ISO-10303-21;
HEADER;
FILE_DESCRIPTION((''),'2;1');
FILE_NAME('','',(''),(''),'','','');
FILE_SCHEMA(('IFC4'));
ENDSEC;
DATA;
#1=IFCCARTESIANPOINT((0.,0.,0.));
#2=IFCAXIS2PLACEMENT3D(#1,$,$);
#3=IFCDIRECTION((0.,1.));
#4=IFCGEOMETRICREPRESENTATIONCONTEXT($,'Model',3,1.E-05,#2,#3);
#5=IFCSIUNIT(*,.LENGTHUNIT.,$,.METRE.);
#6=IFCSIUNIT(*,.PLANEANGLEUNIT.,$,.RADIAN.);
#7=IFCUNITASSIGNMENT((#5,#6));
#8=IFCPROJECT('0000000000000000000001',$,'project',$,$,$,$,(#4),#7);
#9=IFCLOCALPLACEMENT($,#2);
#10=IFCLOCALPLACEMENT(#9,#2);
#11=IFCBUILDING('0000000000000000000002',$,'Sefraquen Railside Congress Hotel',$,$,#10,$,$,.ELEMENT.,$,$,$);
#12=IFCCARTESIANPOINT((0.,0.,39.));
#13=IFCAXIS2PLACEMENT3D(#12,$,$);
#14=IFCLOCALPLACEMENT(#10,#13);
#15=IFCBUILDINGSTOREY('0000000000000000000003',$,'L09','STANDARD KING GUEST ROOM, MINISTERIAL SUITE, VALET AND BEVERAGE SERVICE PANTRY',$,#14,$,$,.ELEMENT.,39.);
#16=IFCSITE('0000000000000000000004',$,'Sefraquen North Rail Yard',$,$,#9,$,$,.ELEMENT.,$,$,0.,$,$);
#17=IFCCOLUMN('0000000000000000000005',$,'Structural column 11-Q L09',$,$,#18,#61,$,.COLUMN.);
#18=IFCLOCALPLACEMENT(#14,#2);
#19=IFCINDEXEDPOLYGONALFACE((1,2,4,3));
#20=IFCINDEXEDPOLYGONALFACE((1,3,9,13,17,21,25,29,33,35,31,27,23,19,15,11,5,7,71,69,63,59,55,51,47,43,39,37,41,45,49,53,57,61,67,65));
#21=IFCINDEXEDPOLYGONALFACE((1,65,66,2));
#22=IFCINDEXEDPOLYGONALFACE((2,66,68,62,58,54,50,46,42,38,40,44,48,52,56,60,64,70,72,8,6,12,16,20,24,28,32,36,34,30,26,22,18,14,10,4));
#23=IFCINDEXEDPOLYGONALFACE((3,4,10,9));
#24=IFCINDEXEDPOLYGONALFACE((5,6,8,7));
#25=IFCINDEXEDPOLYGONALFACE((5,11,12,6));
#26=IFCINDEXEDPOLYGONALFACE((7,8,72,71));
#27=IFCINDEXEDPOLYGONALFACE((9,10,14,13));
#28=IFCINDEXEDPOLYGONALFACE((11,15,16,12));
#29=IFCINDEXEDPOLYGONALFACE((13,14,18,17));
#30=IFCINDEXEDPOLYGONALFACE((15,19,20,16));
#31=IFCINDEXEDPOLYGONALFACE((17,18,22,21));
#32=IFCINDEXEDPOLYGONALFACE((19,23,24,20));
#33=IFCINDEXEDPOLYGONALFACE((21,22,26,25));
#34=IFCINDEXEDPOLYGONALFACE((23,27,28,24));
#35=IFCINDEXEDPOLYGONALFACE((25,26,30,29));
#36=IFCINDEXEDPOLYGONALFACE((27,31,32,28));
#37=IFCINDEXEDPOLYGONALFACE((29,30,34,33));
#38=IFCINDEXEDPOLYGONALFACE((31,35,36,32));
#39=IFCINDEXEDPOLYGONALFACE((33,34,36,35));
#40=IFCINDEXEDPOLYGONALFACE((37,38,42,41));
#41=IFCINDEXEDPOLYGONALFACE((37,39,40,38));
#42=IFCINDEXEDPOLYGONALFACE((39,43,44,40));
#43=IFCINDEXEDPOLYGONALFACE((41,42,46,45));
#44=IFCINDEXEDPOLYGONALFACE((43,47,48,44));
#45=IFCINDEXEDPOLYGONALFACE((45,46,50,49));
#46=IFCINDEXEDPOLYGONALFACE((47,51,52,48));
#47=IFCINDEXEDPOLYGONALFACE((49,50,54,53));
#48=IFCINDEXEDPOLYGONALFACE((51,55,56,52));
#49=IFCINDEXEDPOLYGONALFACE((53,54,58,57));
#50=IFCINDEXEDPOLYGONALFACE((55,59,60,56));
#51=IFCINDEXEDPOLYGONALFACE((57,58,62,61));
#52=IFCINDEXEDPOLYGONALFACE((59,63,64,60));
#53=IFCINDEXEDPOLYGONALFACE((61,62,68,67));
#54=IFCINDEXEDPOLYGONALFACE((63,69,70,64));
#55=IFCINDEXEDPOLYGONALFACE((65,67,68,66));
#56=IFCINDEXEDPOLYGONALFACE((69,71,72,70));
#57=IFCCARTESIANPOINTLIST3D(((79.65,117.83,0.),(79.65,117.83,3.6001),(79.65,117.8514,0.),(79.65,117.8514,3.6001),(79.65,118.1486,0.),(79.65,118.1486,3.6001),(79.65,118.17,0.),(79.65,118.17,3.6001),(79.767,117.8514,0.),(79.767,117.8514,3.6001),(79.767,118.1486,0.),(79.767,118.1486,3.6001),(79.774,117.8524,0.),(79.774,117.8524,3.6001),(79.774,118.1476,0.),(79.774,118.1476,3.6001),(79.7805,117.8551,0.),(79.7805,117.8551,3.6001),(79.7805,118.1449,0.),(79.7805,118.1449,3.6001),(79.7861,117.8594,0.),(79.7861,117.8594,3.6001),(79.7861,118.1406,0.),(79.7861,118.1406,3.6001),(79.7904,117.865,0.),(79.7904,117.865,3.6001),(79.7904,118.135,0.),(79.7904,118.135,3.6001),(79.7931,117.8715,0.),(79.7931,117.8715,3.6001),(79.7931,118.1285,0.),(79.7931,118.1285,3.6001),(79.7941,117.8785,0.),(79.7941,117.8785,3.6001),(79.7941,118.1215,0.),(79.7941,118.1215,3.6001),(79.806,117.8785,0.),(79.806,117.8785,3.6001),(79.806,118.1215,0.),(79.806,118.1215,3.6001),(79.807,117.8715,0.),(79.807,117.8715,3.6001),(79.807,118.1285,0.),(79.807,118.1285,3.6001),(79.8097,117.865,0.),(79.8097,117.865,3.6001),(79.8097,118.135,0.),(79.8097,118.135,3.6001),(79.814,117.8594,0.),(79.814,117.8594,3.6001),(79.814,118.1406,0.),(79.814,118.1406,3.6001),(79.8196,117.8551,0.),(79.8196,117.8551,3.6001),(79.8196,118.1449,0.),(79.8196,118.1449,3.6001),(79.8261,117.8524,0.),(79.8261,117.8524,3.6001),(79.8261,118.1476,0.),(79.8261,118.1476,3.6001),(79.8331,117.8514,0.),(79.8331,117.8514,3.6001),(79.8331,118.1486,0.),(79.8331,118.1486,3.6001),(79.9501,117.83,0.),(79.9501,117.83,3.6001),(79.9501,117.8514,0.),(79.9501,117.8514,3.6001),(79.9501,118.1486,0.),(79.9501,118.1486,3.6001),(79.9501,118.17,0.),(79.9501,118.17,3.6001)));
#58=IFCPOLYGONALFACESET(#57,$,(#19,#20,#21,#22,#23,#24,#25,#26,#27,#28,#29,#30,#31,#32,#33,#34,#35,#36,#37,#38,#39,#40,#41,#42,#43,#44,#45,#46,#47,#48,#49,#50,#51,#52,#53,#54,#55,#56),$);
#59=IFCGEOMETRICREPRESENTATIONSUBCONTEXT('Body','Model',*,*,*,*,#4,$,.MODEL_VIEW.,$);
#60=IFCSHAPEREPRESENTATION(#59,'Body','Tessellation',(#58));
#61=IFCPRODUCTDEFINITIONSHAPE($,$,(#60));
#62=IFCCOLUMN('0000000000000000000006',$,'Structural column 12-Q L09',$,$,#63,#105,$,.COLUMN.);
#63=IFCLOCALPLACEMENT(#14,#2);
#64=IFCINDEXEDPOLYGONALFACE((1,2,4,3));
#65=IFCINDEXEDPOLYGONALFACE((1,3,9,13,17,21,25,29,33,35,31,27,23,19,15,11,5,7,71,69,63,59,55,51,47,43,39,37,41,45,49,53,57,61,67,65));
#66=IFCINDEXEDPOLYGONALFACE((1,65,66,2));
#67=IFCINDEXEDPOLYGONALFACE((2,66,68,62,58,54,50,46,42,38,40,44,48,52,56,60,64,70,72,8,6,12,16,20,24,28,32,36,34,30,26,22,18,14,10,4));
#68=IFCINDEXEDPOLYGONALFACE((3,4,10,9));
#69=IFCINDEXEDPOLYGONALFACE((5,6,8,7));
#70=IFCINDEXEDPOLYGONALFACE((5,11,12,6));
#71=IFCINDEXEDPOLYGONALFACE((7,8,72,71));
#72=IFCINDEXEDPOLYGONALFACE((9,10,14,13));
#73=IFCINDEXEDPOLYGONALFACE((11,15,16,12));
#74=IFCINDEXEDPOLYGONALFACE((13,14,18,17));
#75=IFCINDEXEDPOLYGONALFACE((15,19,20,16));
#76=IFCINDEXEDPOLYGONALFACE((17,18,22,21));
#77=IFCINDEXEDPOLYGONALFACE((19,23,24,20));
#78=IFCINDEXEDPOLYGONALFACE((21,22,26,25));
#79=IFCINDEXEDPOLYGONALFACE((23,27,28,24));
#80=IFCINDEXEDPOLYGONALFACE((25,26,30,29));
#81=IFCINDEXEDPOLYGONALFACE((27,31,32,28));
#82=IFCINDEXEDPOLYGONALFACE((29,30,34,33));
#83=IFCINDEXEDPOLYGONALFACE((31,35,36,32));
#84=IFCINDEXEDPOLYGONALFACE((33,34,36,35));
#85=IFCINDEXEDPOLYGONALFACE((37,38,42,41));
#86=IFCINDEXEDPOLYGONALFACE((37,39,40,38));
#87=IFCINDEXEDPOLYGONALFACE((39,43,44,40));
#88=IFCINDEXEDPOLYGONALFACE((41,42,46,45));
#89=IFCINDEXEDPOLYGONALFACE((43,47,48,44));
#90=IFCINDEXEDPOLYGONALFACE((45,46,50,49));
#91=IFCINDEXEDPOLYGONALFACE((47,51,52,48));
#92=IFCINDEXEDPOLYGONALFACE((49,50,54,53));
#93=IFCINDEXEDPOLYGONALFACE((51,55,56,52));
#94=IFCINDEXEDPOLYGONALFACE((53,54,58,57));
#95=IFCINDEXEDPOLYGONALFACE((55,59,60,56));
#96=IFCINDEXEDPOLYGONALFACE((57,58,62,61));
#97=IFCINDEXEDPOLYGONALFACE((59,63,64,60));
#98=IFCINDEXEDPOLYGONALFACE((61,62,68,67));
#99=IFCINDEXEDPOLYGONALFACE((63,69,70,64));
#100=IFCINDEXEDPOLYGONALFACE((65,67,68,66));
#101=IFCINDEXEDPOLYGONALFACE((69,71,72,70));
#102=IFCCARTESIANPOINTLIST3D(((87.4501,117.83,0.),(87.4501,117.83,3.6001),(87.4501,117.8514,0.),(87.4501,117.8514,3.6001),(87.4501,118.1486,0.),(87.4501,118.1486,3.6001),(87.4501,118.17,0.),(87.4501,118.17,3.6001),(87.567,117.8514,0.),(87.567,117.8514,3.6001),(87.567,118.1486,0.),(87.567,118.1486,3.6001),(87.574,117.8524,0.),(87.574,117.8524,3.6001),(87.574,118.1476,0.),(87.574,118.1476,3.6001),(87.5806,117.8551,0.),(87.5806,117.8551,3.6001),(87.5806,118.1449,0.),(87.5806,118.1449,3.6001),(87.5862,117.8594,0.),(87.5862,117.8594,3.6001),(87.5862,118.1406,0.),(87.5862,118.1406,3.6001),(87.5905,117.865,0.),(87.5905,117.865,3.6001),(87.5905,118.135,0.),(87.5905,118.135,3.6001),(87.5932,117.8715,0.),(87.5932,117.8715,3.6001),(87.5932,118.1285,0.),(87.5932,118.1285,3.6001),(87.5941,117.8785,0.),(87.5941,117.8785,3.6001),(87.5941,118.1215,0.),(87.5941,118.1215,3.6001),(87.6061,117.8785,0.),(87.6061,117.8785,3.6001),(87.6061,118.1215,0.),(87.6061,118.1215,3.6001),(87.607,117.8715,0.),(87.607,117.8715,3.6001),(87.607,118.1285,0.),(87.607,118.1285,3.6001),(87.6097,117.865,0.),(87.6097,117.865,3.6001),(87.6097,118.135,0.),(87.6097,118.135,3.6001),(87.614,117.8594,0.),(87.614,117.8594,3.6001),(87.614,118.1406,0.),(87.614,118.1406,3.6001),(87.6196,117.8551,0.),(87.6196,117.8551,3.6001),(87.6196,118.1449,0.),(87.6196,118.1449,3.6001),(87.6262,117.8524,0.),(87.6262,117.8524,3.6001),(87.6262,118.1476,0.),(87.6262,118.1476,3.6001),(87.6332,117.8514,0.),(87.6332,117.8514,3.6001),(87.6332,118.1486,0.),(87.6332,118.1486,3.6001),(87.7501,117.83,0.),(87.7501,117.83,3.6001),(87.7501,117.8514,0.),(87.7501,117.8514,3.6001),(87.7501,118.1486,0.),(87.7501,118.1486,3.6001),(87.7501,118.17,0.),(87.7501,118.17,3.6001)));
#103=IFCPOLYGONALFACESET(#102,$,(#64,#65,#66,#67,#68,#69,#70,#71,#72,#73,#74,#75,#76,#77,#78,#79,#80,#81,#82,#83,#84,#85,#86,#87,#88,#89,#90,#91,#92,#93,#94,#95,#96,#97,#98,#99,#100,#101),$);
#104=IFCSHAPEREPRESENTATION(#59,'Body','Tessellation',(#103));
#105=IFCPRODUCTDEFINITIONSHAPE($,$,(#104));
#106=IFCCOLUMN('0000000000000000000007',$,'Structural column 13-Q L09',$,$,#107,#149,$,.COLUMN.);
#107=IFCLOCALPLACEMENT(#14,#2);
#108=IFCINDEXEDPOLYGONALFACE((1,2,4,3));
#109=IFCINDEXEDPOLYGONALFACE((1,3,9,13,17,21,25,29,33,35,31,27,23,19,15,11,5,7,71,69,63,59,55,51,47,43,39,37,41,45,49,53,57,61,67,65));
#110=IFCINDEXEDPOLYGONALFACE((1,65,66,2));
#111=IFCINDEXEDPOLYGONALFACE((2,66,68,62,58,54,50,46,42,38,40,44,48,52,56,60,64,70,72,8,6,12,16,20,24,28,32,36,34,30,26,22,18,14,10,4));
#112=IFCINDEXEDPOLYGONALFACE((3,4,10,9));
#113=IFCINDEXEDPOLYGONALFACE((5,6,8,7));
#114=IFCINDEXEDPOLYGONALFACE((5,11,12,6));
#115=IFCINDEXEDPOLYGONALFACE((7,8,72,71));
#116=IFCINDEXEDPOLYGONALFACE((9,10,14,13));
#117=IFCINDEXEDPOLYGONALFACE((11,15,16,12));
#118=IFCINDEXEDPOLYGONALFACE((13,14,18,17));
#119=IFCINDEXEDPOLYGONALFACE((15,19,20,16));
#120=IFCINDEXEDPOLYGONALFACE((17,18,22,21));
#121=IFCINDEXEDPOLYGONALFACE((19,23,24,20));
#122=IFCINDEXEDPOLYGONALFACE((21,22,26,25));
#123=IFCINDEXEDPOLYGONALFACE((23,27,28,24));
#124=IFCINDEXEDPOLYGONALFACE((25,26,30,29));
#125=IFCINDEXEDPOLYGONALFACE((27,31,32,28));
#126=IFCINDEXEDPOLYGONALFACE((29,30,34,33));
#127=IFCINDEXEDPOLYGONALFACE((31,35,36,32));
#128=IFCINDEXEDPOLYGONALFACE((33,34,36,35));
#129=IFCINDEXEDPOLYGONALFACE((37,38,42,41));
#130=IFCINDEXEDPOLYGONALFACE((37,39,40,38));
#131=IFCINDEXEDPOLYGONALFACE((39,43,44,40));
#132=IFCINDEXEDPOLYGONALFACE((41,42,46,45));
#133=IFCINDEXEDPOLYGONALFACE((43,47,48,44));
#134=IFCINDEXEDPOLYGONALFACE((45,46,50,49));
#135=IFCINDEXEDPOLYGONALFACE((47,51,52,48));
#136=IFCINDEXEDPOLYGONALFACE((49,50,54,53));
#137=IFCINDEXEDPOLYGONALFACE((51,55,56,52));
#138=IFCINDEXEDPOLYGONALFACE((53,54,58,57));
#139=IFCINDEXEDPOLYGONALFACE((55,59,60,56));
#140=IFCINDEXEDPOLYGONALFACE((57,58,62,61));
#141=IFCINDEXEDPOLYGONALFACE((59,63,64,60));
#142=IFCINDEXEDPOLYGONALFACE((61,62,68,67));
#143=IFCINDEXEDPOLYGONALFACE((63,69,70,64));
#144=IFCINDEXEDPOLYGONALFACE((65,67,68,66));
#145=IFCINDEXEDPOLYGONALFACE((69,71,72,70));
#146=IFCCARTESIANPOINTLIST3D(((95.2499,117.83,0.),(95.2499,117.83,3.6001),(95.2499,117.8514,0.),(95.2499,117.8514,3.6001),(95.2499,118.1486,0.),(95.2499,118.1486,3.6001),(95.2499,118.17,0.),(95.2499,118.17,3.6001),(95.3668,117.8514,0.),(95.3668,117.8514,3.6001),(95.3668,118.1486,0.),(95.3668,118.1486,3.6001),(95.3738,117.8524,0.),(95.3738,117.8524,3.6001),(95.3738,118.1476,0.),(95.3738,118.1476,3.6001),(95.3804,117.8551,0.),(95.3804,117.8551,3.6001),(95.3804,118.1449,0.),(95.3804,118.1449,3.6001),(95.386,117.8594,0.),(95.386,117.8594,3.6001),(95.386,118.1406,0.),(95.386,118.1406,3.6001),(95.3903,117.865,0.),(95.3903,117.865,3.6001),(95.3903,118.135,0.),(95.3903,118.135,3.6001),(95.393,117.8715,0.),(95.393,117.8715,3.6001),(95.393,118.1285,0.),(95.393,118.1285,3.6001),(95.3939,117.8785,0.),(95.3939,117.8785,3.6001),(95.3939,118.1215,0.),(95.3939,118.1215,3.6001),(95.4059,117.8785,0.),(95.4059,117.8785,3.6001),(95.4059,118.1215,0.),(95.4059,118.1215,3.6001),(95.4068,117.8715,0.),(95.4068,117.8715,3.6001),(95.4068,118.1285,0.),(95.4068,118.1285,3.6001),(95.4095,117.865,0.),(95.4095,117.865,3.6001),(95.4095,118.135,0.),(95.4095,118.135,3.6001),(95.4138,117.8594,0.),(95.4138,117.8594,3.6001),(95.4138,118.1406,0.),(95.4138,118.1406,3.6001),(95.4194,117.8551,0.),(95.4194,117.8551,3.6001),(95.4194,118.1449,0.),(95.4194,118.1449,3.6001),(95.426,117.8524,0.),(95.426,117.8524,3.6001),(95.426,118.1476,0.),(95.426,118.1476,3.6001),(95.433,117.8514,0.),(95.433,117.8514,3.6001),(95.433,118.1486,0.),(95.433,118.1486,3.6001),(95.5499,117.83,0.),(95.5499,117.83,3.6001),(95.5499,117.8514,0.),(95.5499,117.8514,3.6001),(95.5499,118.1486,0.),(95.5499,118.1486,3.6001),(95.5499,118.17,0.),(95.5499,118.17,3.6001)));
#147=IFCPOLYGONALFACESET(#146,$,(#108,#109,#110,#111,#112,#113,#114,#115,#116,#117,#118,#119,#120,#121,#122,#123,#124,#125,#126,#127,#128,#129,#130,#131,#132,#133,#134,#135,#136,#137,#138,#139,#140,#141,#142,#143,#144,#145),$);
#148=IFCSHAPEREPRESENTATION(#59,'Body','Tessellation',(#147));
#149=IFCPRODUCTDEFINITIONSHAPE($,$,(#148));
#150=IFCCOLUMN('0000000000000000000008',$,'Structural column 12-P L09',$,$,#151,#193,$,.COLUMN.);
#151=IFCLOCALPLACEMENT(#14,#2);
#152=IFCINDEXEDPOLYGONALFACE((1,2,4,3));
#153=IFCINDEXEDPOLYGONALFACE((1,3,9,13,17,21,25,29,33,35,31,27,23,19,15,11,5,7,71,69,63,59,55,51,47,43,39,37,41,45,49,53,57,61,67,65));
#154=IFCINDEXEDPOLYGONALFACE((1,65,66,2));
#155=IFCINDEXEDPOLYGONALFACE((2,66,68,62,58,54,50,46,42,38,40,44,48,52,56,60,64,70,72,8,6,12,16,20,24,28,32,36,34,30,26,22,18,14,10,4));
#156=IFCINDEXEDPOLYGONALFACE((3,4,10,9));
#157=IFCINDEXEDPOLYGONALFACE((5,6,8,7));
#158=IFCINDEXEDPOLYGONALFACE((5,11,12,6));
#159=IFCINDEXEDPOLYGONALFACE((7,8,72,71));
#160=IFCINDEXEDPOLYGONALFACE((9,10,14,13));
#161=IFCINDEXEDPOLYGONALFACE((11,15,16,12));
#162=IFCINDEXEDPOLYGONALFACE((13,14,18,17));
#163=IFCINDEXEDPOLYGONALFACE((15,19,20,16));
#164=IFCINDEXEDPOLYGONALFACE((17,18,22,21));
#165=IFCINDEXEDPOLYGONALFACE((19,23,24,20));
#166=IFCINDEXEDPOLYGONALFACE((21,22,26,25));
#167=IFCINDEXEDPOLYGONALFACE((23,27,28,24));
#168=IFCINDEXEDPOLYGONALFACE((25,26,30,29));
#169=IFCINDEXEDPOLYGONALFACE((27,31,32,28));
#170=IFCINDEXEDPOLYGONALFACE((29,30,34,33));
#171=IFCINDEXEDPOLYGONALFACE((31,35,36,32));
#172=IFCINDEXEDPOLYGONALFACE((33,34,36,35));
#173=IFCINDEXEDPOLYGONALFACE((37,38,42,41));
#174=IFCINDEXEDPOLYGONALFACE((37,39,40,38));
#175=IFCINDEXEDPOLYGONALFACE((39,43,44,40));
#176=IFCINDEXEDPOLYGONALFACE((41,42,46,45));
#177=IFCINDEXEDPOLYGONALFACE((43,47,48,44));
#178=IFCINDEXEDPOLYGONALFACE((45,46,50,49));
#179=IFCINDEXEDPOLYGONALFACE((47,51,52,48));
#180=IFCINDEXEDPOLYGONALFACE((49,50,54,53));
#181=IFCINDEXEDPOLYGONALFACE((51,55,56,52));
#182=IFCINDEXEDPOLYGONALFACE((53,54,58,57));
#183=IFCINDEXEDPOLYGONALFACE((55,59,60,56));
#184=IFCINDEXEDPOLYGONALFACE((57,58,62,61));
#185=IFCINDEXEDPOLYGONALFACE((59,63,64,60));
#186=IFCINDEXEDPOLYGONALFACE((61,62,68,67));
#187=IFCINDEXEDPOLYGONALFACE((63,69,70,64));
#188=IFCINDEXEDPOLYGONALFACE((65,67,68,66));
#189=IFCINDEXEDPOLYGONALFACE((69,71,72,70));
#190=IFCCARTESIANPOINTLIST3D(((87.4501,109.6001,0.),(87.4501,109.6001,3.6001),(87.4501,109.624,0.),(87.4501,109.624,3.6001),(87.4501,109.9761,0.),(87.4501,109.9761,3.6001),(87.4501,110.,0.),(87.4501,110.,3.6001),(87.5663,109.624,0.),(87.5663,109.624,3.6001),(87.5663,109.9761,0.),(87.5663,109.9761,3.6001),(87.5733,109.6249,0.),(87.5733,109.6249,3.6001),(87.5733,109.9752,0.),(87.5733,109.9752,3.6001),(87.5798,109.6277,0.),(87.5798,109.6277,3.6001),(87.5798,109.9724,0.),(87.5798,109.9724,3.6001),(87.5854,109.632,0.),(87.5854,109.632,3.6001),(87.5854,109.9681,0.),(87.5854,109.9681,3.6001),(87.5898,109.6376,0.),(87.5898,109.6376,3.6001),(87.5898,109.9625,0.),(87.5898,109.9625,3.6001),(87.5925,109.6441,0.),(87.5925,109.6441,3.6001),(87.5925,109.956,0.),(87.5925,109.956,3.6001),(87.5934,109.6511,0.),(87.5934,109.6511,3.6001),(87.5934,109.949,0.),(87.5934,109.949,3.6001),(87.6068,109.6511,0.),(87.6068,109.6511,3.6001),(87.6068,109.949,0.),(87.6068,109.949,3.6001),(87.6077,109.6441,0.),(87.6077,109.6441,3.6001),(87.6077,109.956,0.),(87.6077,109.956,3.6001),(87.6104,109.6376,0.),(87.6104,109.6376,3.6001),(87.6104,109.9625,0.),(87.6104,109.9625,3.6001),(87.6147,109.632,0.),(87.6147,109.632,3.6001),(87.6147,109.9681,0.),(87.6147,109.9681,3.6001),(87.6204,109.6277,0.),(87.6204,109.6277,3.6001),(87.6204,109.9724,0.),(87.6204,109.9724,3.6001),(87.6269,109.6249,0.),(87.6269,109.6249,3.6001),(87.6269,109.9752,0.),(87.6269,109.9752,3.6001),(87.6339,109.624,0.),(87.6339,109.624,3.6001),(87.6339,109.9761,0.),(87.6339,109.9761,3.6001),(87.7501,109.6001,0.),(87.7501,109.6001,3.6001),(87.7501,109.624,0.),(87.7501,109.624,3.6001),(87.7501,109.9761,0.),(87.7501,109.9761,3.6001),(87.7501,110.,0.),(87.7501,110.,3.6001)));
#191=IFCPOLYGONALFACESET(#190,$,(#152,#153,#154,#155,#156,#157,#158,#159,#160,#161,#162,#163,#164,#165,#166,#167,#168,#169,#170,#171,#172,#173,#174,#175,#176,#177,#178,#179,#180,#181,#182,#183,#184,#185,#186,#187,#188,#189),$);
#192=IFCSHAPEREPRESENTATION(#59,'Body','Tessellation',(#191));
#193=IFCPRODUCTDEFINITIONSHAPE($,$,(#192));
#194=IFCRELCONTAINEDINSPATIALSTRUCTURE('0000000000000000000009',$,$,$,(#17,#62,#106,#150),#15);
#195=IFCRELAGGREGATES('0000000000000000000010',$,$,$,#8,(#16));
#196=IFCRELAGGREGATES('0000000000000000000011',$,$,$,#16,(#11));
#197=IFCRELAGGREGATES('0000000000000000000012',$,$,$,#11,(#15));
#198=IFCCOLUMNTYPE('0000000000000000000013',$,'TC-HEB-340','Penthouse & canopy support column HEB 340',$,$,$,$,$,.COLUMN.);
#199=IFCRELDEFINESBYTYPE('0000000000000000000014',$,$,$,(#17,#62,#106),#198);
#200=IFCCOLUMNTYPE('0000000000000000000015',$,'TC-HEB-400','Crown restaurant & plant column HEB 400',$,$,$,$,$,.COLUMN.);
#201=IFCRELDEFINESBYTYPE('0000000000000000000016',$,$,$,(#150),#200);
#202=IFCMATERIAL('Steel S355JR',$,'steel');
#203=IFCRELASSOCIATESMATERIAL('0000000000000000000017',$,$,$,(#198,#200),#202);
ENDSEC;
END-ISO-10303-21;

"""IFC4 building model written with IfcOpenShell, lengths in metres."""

from ifc_helpers import new_model, si_unit, direction, frame, origin, origin_2d, place, context, subcontext, project, spatial, i_section, extrude, material, material_profile, profile_set, type_object, element, save


model = new_model("IFC4")

# Units and contexts
model_context = context("Model", 3, precision=1e-05, world=origin(), true_north=direction((0.0, 1.0)))
body_context = subcontext(model_context, "Body", "Model", "MODEL_VIEW")
ifc_project = project(units=[si_unit("LENGTHUNIT", "METRE"), si_unit("PLANEANGLEUNIT", "RADIAN")], contexts=[model_context])

# Site, building, storey
site_placement = place(None, origin())
site = spatial("IfcSite", under=ifc_project, at=site_placement, Name="Sefraquen North Rail Yard", CompositionType="ELEMENT", RefElevation=0.0)
building_placement = place(site_placement, origin())
building = spatial("IfcBuilding", under=site, at=building_placement, Name="Sefraquen Railside Congress Hotel", CompositionType="ELEMENT")
storey_placement = place(building_placement, frame((0.0, 0.0, 39.0)))
storey = spatial("IfcBuildingStorey", under=building, at=storey_placement, Name="L09", Description="STANDARD KING GUEST ROOM, MINISTERIAL SUITE, VALET AND BEVERAGE SERVICE PANTRY", CompositionType="ELEMENT", Elevation=39.0)

# Columns
ifc_material_1 = material(Name="Steel S355JR", Category="steel")
ifc_material_profile_1 = material_profile(ifc_material_1, i_section(OverallWidth=0.3, OverallDepth=0.3401, WebThickness=0.012, FlangeThickness=0.0215, FilletRadius=0.0271, at=origin_2d()), Name="HEB 340")
ifc_profile_set_1 = profile_set([ifc_material_profile_1], Name="Steel S355JR")
column_type_1 = type_object("IfcColumnType", Name="TC-HEB-340", Description="Penthouse & canopy support column HEB 340", PredefinedType="COLUMN", material=ifc_profile_set_1)
for number, where, z_axis, x_axis, name in (
    (1, (79.8, 118.0, 0.0), (0.0, 0.0, 1.0), (1.0, 0.0, 0.0), "Structural column 11-Q L09"),
    (2, (87.6001, 118.0, 0.0), (0.0, 0.0, 1.0), (1.0, 0.0, 0.0), "Structural column 12-Q L09"),
    (3, (95.3999, 118.0, 0.0), (0.0, 0.0, 1.0), (1.0, 0.0, 0.0), "Structural column 13-Q L09"),
):
    element("IfcColumn", number, at=place(storey_placement, frame(where, z_axis=z_axis, x_axis=x_axis)), inside=storey, type_object=column_type_1, Name=name, PredefinedType="COLUMN", context=body_context, shape_type="SweptSolid", body=[
        extrude(i_section(OverallWidth=0.3, OverallDepth=0.3401, WebThickness=0.012, FlangeThickness=0.0215, FilletRadius=0.0271, at=origin_2d()), origin(), (0.0, 0.0, 1.0), 3.6001),
    ])
ifc_material_profile_2 = material_profile(ifc_material_1, i_section(OverallWidth=0.3, OverallDepth=0.3999, WebThickness=0.0134, FlangeThickness=0.0239, FilletRadius=0.0271, at=origin_2d()), Name="HEB 400")
ifc_profile_set_2 = profile_set([ifc_material_profile_2], Name="Steel S355JR")
column_type_2 = type_object("IfcColumnType", Name="TC-HEB-400", Description="Crown restaurant & plant column HEB 400", PredefinedType="COLUMN", material=ifc_profile_set_2)
for number, where, z_axis, x_axis, name in (
    (4, (87.6001, 109.8, 0.0), (0.0, 0.0, 1.0), (1.0, 0.0, 0.0), "Structural column 12-P L09"),
):
    element("IfcColumn", number, at=place(storey_placement, frame(where, z_axis=z_axis, x_axis=x_axis)), inside=storey, type_object=column_type_2, Name=name, PredefinedType="COLUMN", context=body_context, shape_type="SweptSolid", body=[
        extrude(i_section(OverallWidth=0.3, OverallDepth=0.3999, WebThickness=0.0134, FlangeThickness=0.0239, FilletRadius=0.0271, at=origin_2d()), origin(), (0.0, 0.0, 1.0), 3.6001),
    ])

save(model, "model.ifc")
